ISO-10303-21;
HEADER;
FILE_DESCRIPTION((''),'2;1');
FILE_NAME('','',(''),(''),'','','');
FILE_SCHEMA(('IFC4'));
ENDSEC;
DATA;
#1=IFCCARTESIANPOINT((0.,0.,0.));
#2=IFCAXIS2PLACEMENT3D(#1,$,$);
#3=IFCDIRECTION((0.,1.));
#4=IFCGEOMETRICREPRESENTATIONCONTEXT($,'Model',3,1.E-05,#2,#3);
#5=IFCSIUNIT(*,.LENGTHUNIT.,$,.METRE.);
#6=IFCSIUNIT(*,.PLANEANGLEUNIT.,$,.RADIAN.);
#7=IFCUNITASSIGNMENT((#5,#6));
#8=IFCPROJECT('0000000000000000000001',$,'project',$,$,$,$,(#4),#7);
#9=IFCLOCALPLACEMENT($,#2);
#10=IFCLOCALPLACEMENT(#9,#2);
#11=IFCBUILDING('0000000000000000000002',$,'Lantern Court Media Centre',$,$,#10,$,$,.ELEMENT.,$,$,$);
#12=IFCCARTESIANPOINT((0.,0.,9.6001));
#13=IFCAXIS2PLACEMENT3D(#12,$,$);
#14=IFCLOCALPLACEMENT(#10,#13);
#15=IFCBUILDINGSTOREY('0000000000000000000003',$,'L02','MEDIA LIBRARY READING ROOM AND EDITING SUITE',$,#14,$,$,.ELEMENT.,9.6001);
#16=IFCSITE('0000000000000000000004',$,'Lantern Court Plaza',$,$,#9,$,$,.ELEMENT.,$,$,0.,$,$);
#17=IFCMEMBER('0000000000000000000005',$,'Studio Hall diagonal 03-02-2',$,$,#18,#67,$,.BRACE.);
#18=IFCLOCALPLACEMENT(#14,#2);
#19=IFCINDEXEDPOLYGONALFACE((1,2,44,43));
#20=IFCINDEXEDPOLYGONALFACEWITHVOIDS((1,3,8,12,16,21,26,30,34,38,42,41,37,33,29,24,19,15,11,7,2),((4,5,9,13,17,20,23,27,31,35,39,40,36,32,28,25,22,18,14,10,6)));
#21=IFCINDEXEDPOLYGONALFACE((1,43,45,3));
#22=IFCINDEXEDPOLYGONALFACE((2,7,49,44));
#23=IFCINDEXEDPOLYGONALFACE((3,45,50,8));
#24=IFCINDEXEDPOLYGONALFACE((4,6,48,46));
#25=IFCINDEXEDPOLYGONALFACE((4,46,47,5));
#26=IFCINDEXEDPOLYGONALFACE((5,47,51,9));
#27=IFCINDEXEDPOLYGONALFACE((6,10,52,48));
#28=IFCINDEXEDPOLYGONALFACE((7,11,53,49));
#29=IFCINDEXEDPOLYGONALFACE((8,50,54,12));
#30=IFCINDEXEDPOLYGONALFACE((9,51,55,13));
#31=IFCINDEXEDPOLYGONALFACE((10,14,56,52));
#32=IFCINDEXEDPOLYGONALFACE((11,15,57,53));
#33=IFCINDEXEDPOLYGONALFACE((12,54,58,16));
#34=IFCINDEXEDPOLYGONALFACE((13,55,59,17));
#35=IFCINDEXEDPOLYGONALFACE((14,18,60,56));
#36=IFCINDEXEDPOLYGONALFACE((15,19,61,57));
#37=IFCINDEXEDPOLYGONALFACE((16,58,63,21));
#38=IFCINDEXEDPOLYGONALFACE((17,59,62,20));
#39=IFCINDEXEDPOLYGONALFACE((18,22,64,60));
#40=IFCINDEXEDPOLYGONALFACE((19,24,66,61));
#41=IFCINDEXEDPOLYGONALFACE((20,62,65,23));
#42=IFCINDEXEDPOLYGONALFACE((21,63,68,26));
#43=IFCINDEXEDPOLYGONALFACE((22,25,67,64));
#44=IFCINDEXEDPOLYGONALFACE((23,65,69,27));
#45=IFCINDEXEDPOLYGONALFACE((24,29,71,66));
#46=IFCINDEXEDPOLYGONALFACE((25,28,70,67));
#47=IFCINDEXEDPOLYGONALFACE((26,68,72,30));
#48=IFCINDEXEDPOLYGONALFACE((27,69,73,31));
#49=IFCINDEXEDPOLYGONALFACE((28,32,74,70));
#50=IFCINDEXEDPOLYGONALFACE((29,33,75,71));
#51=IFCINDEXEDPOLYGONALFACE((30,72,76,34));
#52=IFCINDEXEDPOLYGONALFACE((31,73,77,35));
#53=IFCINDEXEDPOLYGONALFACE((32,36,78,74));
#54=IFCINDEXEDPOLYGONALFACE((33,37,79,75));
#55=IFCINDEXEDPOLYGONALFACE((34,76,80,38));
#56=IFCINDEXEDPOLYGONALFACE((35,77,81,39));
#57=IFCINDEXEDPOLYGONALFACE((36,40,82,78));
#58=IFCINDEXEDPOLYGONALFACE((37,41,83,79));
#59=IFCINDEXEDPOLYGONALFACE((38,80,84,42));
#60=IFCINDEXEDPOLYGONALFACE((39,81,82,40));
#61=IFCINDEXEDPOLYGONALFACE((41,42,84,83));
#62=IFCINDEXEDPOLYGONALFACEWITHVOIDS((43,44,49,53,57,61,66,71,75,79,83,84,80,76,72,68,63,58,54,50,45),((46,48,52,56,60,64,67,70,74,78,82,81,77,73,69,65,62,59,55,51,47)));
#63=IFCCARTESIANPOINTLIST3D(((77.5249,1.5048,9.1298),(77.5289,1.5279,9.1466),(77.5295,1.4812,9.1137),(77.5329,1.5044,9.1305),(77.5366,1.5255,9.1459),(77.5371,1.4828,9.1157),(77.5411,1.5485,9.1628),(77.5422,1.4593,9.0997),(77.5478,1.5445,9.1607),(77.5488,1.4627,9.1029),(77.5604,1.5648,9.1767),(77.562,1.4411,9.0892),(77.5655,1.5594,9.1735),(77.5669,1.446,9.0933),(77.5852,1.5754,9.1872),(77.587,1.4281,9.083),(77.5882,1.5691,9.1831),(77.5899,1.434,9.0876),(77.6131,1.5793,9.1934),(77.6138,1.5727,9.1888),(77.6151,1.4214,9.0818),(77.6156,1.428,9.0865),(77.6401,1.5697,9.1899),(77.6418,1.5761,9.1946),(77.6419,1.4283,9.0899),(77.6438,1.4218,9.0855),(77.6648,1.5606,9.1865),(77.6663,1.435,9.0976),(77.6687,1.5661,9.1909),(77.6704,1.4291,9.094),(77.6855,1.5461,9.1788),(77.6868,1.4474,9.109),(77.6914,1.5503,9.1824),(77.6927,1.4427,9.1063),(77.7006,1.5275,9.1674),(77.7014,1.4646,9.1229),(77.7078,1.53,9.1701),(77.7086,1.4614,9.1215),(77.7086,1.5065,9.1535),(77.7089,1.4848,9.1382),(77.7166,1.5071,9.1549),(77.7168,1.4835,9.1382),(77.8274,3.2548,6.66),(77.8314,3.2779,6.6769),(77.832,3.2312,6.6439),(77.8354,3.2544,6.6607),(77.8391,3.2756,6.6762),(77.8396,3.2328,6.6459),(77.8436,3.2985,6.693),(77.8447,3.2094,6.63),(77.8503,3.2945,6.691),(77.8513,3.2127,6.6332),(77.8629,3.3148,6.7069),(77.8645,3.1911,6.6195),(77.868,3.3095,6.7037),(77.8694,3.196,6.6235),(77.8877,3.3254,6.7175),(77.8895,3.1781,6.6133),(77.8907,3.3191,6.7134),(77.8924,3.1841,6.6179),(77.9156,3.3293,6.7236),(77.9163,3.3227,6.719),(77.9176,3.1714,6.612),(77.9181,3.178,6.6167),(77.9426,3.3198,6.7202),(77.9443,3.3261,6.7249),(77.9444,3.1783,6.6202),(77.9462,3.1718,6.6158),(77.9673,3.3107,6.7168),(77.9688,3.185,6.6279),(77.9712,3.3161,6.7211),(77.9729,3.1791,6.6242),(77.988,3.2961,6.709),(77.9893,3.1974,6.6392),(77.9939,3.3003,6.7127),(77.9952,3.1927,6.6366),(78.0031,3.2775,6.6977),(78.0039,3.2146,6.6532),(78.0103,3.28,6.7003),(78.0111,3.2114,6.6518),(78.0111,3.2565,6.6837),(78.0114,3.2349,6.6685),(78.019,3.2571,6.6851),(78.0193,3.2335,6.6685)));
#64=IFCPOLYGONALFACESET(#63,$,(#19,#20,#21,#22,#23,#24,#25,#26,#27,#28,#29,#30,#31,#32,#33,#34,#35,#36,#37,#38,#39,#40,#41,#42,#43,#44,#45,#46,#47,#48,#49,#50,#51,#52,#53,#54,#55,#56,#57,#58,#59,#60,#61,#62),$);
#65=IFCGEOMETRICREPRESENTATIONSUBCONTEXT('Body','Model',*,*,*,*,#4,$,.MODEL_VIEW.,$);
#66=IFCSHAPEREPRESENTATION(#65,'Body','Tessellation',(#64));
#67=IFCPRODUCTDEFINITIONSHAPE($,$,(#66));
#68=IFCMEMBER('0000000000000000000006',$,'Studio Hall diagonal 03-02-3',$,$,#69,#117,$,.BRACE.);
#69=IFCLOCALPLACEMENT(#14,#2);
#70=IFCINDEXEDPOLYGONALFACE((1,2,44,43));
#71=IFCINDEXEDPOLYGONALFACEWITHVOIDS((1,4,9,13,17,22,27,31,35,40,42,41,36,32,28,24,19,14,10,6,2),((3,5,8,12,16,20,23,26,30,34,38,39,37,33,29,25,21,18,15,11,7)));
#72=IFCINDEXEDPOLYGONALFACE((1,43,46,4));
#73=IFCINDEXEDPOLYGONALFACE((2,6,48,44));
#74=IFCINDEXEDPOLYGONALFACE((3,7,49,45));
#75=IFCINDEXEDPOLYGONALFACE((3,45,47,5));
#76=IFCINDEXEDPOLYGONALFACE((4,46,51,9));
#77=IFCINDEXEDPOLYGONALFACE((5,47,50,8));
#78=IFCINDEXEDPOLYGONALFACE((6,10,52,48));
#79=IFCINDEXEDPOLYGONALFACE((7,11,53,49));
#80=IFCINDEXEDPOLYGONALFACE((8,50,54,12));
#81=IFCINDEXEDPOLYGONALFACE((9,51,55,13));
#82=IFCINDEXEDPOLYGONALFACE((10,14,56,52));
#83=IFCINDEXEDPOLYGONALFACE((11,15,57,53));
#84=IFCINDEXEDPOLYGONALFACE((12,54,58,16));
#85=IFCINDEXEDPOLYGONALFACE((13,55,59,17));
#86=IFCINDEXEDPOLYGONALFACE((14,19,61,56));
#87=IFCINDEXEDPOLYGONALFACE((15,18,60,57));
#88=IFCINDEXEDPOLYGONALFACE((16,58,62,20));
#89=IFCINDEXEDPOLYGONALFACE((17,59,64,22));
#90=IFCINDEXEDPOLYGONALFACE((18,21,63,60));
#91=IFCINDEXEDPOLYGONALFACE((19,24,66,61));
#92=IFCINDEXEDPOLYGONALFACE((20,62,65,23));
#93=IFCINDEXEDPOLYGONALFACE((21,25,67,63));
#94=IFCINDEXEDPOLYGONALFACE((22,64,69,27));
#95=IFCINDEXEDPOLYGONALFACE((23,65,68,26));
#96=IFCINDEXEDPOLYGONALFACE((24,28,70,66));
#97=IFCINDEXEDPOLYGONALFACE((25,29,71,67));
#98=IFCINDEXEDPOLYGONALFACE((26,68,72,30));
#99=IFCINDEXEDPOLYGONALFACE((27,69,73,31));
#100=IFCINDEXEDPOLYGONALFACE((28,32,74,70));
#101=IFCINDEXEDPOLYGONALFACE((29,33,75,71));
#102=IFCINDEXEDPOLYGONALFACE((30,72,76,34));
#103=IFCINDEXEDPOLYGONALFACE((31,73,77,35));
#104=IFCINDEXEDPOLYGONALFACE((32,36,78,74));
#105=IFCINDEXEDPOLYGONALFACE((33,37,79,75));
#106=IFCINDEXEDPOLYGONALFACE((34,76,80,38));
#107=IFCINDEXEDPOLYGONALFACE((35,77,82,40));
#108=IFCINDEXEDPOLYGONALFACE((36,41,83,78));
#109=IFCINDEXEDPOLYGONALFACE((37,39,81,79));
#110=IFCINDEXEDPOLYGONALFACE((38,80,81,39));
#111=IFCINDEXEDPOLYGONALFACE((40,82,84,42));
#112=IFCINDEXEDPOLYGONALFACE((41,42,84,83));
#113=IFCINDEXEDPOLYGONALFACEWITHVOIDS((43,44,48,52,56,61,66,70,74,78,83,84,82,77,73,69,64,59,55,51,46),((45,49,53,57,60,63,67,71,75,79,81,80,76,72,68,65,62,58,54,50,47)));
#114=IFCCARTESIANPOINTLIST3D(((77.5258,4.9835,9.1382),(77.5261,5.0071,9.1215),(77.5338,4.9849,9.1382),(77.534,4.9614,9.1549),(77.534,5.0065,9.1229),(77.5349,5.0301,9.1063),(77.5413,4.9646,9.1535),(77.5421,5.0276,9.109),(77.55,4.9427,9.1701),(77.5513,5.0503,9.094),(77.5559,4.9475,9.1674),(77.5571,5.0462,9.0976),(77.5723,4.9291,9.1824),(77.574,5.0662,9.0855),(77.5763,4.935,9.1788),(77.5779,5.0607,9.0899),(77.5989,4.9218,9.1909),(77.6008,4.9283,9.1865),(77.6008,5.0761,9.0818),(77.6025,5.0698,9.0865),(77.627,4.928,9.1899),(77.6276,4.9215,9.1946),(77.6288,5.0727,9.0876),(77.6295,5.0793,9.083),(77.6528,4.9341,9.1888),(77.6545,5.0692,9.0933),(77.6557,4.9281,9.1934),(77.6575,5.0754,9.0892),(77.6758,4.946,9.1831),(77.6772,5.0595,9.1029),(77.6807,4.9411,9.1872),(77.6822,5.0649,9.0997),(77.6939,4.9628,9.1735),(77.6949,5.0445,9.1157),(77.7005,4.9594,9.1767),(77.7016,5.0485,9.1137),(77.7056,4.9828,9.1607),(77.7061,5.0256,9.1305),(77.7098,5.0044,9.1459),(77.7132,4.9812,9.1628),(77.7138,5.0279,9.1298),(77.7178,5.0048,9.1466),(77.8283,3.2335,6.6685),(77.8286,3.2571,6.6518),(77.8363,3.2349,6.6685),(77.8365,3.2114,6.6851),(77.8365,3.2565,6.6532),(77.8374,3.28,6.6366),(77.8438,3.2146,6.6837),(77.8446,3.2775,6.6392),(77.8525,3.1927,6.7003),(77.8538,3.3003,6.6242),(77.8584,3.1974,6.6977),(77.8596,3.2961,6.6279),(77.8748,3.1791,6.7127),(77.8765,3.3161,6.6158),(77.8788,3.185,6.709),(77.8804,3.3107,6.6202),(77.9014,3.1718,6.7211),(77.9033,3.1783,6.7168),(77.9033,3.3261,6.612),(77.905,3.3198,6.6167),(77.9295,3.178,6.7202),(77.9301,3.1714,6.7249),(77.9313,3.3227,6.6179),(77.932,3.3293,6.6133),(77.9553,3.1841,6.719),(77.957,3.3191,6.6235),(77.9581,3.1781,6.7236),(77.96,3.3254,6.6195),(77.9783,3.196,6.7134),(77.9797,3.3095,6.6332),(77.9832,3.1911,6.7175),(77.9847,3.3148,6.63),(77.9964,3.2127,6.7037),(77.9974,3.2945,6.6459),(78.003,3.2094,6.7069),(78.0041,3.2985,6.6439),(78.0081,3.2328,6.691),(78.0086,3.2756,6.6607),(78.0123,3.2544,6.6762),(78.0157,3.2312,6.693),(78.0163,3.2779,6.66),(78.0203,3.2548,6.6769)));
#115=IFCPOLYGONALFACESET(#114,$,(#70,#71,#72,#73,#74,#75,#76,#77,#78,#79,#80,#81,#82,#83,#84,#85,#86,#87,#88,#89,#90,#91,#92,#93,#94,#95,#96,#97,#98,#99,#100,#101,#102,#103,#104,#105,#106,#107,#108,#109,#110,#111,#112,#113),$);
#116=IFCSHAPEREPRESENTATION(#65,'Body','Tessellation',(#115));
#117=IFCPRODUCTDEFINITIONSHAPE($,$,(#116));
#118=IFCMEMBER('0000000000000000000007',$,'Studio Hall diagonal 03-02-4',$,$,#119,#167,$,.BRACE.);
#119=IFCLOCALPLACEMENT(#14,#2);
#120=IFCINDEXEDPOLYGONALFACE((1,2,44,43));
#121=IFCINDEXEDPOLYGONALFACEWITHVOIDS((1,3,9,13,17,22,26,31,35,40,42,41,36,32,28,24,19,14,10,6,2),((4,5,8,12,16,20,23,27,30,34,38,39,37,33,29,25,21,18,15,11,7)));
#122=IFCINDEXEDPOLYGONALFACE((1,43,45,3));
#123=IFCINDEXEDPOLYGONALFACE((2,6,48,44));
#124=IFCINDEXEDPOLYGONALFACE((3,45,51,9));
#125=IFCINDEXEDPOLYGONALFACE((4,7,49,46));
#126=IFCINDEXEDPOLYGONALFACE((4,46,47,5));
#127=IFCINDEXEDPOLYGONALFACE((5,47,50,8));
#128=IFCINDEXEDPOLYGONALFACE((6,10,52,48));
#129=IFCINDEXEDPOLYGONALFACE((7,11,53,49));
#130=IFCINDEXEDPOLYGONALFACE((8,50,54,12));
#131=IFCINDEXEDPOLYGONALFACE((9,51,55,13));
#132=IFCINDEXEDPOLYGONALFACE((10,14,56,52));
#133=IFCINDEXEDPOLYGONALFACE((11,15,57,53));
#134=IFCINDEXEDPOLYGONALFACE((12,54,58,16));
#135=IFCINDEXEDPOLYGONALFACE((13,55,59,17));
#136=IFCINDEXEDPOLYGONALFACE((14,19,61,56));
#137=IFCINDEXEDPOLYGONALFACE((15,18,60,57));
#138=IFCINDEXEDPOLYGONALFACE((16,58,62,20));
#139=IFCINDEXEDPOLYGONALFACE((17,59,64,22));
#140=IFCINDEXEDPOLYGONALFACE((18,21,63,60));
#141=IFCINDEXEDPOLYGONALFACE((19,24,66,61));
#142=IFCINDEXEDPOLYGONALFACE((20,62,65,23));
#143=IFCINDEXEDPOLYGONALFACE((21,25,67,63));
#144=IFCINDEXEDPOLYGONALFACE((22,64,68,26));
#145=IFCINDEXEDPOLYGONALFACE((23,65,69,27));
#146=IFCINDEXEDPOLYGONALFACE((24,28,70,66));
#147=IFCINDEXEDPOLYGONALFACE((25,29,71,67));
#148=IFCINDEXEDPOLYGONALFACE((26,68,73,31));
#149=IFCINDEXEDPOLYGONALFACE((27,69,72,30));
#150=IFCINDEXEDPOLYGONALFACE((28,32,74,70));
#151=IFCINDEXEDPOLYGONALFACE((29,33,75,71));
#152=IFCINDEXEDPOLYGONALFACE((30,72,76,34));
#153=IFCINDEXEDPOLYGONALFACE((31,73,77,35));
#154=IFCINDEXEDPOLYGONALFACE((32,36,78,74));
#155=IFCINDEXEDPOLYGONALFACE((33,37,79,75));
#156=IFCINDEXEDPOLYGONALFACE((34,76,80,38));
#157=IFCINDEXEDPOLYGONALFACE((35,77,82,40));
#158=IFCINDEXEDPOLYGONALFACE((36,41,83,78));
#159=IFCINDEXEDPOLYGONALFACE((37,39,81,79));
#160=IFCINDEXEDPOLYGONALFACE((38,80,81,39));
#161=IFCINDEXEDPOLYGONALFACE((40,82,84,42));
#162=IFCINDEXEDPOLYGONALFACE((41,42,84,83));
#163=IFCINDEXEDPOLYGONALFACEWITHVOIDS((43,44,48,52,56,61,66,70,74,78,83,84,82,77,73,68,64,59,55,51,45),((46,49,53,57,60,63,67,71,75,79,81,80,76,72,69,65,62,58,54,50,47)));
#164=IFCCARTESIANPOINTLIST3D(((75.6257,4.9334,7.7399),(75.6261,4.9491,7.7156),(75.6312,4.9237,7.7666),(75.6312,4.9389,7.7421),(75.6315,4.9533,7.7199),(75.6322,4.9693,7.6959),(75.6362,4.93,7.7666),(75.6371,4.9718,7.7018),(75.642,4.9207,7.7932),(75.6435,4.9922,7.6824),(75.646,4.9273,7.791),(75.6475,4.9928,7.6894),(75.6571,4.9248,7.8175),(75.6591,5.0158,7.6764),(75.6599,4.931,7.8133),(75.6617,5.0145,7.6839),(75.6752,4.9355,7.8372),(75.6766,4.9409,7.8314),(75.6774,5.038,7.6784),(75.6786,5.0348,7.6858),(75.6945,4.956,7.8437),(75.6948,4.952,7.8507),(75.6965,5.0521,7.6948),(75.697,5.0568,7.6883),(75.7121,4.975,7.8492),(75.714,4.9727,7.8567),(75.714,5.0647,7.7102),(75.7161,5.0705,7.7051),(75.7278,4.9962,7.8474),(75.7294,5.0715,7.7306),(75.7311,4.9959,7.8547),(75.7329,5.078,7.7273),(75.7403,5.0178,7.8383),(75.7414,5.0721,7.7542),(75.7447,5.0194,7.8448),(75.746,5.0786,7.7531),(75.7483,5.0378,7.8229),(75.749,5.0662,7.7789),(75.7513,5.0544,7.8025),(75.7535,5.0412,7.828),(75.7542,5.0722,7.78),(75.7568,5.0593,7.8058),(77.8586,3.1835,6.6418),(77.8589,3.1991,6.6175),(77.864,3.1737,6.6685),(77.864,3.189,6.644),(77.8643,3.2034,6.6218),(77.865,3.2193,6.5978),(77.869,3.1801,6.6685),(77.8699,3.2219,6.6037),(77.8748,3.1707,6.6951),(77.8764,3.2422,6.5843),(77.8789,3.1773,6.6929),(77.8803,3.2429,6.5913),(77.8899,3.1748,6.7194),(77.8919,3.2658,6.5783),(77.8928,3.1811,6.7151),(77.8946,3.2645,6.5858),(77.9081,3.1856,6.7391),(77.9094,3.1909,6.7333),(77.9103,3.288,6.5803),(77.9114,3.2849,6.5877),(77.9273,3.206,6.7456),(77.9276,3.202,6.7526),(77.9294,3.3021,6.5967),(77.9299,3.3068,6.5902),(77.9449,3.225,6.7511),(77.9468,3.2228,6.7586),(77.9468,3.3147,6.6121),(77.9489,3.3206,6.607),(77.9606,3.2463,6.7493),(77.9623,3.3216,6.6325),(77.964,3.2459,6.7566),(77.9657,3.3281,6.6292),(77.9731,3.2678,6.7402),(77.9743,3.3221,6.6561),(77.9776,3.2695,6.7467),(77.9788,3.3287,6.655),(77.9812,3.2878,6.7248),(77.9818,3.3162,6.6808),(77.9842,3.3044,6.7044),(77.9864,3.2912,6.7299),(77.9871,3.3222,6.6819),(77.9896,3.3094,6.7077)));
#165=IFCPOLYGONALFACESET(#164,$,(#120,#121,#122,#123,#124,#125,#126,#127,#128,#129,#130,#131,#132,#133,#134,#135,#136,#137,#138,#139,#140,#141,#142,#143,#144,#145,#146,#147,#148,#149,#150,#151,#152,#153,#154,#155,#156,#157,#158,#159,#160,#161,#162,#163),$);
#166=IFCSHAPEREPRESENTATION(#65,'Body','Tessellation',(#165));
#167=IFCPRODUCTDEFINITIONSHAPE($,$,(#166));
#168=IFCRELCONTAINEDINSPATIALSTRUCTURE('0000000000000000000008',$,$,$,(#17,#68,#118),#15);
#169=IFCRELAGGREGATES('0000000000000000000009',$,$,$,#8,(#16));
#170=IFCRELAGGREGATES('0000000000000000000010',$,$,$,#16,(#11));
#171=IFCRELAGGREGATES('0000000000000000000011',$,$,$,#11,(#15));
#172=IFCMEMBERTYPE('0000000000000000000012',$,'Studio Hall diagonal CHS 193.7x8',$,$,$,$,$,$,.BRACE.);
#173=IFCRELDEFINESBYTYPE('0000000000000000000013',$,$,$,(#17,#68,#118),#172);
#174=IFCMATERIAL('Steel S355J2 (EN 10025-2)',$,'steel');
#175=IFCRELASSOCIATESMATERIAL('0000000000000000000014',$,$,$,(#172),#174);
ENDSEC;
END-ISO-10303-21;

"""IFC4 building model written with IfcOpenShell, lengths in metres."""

from ifc_helpers import new_model, si_unit, direction, frame, origin, origin_2d, place, context, subcontext, project, spatial, hollow_circle, extrude, material, material_profile, profile_set, type_object, element, save


model = new_model("IFC4")

# Units and contexts
model_context = context("Model", 3, precision=1e-05, world=origin(), true_north=direction((0.0, 1.0)))
body_context = subcontext(model_context, "Body", "Model", "MODEL_VIEW")
ifc_project = project(units=[si_unit("LENGTHUNIT", "METRE"), si_unit("PLANEANGLEUNIT", "RADIAN")], contexts=[model_context])

# Site, building, storey
site_placement = place(None, origin())
site = spatial("IfcSite", under=ifc_project, at=site_placement, Name="Lantern Court Plaza", CompositionType="ELEMENT", RefElevation=0.0)
building_placement = place(site_placement, origin())
building = spatial("IfcBuilding", under=site, at=building_placement, Name="Lantern Court Media Centre", CompositionType="ELEMENT")
storey_placement = place(building_placement, frame((0.0, 0.0, 9.6001)))
storey = spatial("IfcBuildingStorey", under=building, at=storey_placement, Name="L02", Description="MEDIA LIBRARY READING ROOM AND EDITING SUITE", CompositionType="ELEMENT", Elevation=9.6001)

# Members
ifc_material = material(Name="Steel S355J2 (EN 10025-2)", Category="steel")
ifc_material_profile_1 = material_profile(ifc_material, hollow_circle(Radius=0.0969, WallThickness=0.0081, at=origin_2d()), Name="Studio Hall diagonal CHS 193.7x8")
ifc_profile_set_1 = profile_set([ifc_material_profile_1], Name="Steel S355J2 (EN 10025-2)")
member_type_1 = type_object("IfcMemberType", Name="Studio Hall diagonal CHS 193.7x8", PredefinedType="BRACE", material=ifc_profile_set_1)
for number, where, z_axis, x_axis, name in (
    (1, (77.9238, 3.25, 6.6685), (-0.099439, -0.575286, 0.811885), (0.985388, -0.170326, 0.0), "Studio Hall diagonal 03-02-2"),
    (2, (77.9238, 3.25, 6.6685), (-0.099439, 0.575286, 0.811885), (-0.985388, -0.170326, 0.0), "Studio Hall diagonal 03-02-3"),
    (3, (77.9238, 3.25, 6.6685), (-0.734005, 0.575262, 0.360984), (-0.616856, -0.787076, 0.0), "Studio Hall diagonal 03-02-4"),
):
    element("IfcMember", number, at=place(storey_placement, frame(where, z_axis=z_axis, x_axis=x_axis)), inside=storey, type_object=member_type_1, Name=name, PredefinedType="BRACE", context=body_context, shape_type="SweptSolid", body=[
        extrude(hollow_circle(Radius=0.0969, WallThickness=0.0081, at=origin_2d()), origin(), (0.0, 0.0, 1.0), 3.042),
    ])

save(model, "model.ifc")
